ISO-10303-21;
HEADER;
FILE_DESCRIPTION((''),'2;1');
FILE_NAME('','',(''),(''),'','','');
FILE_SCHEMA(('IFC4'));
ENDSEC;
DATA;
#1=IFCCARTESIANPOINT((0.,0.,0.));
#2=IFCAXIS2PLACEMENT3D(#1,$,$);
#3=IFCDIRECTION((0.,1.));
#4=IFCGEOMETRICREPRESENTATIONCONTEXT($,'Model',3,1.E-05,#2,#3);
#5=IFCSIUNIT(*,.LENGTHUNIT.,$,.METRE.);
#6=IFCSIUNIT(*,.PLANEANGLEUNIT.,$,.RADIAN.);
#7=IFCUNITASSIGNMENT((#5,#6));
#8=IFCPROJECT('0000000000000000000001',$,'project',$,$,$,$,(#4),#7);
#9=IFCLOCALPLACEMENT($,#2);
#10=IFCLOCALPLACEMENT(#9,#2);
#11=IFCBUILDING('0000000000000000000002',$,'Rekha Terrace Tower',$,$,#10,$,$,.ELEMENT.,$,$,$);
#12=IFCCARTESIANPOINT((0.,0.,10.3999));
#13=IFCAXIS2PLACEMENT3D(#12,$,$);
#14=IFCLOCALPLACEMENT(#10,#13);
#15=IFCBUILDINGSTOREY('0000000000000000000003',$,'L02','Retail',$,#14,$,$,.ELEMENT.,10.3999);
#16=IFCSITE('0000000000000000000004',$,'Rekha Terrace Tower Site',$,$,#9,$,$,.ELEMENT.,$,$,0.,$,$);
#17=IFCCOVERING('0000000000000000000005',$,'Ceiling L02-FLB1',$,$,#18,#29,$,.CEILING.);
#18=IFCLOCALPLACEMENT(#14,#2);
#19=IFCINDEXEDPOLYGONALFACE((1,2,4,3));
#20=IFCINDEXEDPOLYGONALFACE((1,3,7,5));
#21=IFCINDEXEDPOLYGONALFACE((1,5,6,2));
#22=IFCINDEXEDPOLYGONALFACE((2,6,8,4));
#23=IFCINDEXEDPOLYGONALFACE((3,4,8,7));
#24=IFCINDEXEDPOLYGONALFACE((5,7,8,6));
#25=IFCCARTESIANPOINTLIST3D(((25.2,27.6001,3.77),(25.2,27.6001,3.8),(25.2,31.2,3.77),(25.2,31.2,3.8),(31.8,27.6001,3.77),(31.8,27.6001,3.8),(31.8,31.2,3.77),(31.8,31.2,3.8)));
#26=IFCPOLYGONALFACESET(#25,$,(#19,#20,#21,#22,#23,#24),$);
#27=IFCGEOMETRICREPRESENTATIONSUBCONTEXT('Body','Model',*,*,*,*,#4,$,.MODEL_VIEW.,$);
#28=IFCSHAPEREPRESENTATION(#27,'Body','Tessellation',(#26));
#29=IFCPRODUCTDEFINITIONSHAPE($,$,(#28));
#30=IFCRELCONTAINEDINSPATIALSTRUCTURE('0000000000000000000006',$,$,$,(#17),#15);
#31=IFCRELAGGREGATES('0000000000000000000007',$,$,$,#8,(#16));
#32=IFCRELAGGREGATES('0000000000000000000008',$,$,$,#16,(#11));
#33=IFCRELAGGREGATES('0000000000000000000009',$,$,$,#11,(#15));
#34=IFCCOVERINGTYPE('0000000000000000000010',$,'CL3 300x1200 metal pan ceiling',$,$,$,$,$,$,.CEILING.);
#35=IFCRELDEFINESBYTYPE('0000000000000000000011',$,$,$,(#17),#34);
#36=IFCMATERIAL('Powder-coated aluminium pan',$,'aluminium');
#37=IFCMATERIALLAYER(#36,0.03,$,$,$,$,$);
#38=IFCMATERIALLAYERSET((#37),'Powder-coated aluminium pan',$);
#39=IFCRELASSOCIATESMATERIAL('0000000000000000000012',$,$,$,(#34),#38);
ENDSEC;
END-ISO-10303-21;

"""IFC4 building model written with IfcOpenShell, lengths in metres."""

from ifc_helpers import new_model, si_unit, direction, frame, origin, place, context, subcontext, project, spatial, polyline, outline, extrude, material, layer, layer_set, type_object, element, save


model = new_model("IFC4")

# Units and contexts
model_context = context("Model", 3, precision=1e-05, world=origin(), true_north=direction((0.0, 1.0)))
body_context = subcontext(model_context, "Body", "Model", "MODEL_VIEW")
ifc_project = project(units=[si_unit("LENGTHUNIT", "METRE"), si_unit("PLANEANGLEUNIT", "RADIAN")], contexts=[model_context])

# Site, building, storey
site_placement = place(None, origin())
site = spatial("IfcSite", under=ifc_project, at=site_placement, Name="Rekha Terrace Tower Site", CompositionType="ELEMENT", RefElevation=0.0)
building_placement = place(site_placement, origin())
building = spatial("IfcBuilding", under=site, at=building_placement, Name="Rekha Terrace Tower", CompositionType="ELEMENT")
storey_placement = place(building_placement, frame((0.0, 0.0, 10.3999)))
storey = spatial("IfcBuildingStorey", under=building, at=storey_placement, Name="L02", Description="Retail", CompositionType="ELEMENT", Elevation=10.3999)

# Covering
ifc_material_1 = material(Name="Powder-coated aluminium pan", Category="aluminium")
ifc_layer_1 = layer(ifc_material_1, 0.03)
ifc_layer_set_1 = layer_set([ifc_layer_1], Name="Powder-coated aluminium pan")
covering_type_1 = type_object("IfcCoveringType", Name="CL3 300x1200 metal pan ceiling", PredefinedType="CEILING", material=ifc_layer_set_1)
covering_1_placement = place(storey_placement, frame((0.0, 0.0, 3.77)))
element("IfcCovering", 1, at=covering_1_placement, inside=storey, type_object=covering_type_1, Name="Ceiling L02-FLB1", PredefinedType="CEILING", context=body_context, shape_type="SweptSolid", body=[
    extrude(outline(polyline([(31.8, 31.2), (25.2, 31.2), (25.2, 27.6001), (31.8, 27.6001), (31.8, 31.2)])), origin(), (0.0, 0.0, 1.0), 0.03),
])

save(model, "model.ifc")
